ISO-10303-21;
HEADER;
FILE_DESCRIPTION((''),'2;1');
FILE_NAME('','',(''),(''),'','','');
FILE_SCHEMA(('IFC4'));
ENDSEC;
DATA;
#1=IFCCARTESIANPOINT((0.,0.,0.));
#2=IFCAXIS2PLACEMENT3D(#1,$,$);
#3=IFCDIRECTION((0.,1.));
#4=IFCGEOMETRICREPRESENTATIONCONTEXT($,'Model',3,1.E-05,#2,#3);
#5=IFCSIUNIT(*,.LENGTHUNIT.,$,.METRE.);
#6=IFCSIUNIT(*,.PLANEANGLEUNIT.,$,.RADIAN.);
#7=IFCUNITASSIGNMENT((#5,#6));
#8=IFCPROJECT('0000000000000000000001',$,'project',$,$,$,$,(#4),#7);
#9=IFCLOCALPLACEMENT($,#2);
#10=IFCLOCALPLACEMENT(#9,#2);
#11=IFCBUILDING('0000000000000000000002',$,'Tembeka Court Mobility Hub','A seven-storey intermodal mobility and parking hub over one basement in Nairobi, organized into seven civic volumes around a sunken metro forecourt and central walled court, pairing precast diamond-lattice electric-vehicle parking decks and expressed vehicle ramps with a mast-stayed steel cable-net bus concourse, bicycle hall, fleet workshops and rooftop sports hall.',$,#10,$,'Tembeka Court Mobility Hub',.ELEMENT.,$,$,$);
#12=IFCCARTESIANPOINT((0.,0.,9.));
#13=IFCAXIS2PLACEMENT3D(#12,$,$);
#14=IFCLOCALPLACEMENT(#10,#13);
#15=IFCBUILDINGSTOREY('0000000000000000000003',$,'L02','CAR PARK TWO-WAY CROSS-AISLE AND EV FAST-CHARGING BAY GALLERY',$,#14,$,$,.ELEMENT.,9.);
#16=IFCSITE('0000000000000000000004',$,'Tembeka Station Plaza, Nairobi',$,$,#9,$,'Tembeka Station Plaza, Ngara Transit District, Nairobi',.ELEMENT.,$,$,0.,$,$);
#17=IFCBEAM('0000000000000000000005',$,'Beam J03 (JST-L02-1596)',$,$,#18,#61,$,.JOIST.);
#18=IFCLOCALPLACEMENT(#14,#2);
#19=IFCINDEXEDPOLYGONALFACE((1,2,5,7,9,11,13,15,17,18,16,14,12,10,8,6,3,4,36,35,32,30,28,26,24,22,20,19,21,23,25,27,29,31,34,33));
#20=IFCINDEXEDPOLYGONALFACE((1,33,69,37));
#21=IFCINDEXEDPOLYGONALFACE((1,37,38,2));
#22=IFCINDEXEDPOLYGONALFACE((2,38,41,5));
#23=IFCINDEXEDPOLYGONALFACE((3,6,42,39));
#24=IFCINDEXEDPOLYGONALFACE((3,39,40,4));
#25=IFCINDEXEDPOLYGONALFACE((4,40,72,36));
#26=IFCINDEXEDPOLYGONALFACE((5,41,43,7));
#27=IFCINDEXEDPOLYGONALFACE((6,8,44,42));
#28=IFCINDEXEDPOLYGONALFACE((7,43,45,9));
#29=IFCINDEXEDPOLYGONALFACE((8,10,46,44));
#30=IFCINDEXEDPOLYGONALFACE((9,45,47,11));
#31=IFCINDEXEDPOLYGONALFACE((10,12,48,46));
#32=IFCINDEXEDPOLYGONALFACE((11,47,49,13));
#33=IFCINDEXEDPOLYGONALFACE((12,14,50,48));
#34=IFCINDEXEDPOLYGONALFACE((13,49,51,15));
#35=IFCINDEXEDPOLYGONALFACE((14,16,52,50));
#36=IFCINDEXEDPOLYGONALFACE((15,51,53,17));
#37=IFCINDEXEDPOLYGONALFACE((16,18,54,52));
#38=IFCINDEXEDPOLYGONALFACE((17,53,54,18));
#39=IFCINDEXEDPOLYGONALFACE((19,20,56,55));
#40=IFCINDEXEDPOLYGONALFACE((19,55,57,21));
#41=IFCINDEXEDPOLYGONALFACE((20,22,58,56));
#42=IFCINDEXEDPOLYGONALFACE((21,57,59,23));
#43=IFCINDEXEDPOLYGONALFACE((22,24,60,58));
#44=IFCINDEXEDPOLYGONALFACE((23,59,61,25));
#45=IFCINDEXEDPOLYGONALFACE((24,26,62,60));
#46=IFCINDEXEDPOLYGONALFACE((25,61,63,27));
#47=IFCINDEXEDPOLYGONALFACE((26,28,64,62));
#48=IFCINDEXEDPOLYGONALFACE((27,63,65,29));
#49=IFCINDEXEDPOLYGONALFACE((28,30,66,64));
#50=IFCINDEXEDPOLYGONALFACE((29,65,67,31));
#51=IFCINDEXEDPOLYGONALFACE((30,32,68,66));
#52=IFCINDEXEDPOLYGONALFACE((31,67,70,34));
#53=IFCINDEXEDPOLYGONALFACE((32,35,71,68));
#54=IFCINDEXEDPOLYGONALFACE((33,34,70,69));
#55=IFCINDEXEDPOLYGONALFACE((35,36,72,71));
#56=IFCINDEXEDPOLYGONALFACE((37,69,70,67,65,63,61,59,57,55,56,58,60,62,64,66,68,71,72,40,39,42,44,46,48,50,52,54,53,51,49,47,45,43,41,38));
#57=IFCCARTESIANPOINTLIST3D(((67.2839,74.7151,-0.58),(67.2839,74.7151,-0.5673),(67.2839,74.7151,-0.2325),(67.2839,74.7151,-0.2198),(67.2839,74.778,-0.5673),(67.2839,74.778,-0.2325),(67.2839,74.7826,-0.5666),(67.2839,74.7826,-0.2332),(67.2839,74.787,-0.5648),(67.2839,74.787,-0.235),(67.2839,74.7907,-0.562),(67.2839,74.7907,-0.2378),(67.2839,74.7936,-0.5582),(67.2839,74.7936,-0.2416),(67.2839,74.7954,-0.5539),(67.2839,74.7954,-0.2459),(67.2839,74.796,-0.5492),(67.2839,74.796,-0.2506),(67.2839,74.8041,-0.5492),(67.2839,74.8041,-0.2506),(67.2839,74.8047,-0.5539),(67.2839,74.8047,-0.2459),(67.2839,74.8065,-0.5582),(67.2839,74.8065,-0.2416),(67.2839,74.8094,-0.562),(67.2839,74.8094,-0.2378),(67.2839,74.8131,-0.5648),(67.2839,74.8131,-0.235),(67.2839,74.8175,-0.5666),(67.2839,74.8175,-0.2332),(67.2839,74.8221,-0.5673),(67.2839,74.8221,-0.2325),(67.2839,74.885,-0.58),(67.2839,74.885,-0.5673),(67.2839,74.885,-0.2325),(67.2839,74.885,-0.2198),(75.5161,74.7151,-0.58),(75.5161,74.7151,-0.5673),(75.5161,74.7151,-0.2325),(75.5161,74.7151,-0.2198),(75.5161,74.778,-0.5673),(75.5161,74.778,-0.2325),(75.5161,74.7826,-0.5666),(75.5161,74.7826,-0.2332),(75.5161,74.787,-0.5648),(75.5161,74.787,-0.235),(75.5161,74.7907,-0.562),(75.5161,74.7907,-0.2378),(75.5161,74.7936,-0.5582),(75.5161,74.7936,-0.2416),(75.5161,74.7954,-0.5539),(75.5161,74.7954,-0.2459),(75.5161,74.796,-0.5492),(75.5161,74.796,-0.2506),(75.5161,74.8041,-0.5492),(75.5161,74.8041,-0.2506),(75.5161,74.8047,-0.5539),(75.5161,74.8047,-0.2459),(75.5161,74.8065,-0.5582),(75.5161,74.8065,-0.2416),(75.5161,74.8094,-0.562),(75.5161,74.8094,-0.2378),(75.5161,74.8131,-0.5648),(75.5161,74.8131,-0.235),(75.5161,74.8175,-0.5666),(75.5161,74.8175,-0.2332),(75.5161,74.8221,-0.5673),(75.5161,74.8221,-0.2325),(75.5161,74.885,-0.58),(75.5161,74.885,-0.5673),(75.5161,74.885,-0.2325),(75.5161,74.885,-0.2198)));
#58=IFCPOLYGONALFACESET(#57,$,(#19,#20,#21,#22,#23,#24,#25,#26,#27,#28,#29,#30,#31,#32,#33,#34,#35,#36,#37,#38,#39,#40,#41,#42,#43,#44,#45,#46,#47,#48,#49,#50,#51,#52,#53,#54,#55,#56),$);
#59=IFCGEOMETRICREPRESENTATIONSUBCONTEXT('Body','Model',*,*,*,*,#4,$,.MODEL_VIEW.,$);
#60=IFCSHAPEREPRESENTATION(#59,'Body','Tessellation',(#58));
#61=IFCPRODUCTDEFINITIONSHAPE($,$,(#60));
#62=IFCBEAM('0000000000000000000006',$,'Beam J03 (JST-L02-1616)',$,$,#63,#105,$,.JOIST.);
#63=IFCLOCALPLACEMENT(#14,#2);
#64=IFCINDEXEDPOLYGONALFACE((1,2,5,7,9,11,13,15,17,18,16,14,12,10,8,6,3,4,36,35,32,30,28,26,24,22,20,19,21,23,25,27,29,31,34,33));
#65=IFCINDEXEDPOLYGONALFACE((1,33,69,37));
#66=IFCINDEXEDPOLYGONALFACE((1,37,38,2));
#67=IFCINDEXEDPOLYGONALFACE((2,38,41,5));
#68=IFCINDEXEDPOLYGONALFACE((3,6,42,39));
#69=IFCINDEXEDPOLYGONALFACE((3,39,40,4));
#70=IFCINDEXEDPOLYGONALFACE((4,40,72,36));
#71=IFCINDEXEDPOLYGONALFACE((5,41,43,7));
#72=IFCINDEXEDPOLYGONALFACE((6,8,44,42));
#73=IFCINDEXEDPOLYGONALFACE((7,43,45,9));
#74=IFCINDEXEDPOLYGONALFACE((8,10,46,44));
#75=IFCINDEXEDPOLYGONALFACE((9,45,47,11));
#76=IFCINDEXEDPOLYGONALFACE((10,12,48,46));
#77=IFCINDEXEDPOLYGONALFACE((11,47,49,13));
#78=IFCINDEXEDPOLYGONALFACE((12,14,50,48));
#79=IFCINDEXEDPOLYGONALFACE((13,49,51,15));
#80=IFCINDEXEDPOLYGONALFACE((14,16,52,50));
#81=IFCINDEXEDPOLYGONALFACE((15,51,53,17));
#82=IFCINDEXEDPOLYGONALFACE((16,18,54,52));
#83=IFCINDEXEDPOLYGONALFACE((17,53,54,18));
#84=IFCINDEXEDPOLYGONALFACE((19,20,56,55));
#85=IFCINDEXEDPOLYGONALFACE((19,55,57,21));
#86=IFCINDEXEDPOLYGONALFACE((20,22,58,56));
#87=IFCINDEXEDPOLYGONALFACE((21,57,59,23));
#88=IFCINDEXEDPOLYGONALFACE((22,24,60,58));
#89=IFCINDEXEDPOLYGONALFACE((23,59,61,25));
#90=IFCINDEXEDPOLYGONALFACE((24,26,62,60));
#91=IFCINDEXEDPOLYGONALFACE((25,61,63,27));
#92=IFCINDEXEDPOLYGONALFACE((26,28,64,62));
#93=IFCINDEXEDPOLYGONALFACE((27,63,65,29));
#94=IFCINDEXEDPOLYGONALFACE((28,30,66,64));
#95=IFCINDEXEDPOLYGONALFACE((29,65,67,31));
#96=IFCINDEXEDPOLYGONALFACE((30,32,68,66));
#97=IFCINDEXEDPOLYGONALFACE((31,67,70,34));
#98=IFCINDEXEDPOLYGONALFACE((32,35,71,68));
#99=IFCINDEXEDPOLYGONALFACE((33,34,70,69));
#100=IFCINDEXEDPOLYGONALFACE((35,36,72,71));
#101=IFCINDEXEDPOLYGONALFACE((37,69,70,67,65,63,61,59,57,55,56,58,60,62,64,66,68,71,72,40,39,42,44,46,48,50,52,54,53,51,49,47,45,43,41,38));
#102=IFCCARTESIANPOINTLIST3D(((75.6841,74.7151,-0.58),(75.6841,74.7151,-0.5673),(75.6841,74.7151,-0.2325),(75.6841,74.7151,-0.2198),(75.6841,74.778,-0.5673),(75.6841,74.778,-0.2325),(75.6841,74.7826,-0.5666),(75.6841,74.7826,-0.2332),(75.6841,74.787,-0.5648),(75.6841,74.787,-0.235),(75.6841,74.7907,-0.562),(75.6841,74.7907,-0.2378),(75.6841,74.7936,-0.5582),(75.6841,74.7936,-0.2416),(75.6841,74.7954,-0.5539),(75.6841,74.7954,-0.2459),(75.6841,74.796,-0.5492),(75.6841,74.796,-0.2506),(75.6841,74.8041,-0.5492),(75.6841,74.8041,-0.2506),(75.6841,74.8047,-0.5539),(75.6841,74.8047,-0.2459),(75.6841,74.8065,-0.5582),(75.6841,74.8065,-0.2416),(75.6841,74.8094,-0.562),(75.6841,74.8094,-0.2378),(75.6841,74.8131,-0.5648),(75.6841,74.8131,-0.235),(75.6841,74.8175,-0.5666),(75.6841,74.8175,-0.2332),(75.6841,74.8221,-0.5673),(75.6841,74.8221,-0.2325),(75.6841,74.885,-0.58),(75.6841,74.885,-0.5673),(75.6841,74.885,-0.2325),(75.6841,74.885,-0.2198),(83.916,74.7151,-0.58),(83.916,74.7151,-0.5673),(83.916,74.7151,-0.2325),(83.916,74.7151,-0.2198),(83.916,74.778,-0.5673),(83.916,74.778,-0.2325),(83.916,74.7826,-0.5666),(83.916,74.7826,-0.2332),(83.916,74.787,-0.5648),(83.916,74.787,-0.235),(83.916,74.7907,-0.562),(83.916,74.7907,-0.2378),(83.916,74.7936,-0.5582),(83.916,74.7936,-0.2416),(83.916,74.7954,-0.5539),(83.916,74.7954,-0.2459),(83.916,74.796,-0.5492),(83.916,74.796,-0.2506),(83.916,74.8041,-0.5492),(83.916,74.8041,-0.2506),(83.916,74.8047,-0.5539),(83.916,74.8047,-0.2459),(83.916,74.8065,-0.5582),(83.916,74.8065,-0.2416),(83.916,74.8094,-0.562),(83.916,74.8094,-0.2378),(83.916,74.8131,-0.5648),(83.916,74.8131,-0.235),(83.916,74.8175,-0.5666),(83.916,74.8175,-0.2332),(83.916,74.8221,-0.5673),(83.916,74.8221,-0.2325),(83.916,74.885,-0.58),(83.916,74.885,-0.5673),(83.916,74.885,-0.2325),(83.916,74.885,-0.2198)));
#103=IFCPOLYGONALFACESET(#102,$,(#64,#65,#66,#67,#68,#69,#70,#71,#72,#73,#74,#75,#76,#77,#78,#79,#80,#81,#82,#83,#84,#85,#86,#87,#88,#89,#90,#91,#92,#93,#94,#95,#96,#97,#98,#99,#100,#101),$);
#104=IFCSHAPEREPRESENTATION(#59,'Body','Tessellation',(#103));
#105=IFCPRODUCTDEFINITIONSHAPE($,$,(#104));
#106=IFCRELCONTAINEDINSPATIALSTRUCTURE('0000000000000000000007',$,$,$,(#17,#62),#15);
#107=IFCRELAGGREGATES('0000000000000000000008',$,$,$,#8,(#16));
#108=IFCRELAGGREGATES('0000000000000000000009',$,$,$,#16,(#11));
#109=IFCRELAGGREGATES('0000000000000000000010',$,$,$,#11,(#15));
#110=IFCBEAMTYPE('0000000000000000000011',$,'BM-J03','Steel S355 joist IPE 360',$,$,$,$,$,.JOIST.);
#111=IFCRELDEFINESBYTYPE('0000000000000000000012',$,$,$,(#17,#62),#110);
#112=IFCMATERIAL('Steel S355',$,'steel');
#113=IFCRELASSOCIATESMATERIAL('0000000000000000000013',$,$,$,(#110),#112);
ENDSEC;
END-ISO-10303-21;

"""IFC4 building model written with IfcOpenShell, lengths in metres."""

from ifc_helpers import new_model, si_unit, direction, frame, origin, origin_2d, place, context, subcontext, project, spatial, i_section, extrude, material, material_profile, profile_set, type_object, element, save


model = new_model("IFC4")

# Units and contexts
model_context = context("Model", 3, precision=1e-05, world=origin(), true_north=direction((0.0, 1.0)))
body_context = subcontext(model_context, "Body", "Model", "MODEL_VIEW")
ifc_project = project(units=[si_unit("LENGTHUNIT", "METRE"), si_unit("PLANEANGLEUNIT", "RADIAN")], contexts=[model_context])

# Site, building, storey
site_placement = place(None, origin())
site = spatial("IfcSite", under=ifc_project, at=site_placement, Name="Tembeka Station Plaza, Nairobi", LongName="Tembeka Station Plaza, Ngara Transit District, Nairobi", CompositionType="ELEMENT", RefElevation=0.0)
building_placement = place(site_placement, origin())
building = spatial("IfcBuilding", under=site, at=building_placement, Name="Tembeka Court Mobility Hub", Description="A seven-storey intermodal mobility and parking hub over one basement in Nairobi, organized into seven civic volumes around a sunken metro forecourt and central walled court, pairing precast diamond-lattice electric-vehicle parking decks and expressed vehicle ramps with a mast-stayed steel cable-net bus concourse, bicycle hall, fleet workshops and rooftop sports hall.", LongName="Tembeka Court Mobility Hub", CompositionType="ELEMENT")
storey_placement = place(building_placement, frame((0.0, 0.0, 9.0)))
storey = spatial("IfcBuildingStorey", under=building, at=storey_placement, Name="L02", Description="CAR PARK TWO-WAY CROSS-AISLE AND EV FAST-CHARGING BAY GALLERY", CompositionType="ELEMENT", Elevation=9.0)

# Shared definitions
ifc_material = material(Name="Steel S355", Category="steel")

# Beams
ifc_material_profile_1 = material_profile(ifc_material, i_section(OverallWidth=0.1699, OverallDepth=0.3601, WebThickness=0.0081, FlangeThickness=0.0127, FilletRadius=0.0181, at=origin_2d()), Name="IPE 360")
ifc_profile_set_1 = profile_set([ifc_material_profile_1], Name="Steel S355")
beam_type_1 = type_object("IfcBeamType", Name="BM-J03", Description="Steel S355 joist IPE 360", PredefinedType="JOIST", material=ifc_profile_set_1)
beam_1_placement = place(storey_placement, frame((67.2839, 74.8, -0.3999), z_axis=(1.0, 0.0, 0.0), x_axis=(0.0, 1.0, 0.0)))
element("IfcBeam", 1, at=beam_1_placement, inside=storey, type_object=beam_type_1, Name="Beam J03 (JST-L02-1596)", PredefinedType="JOIST", context=body_context, shape_type="SweptSolid", body=[
    extrude(i_section(OverallWidth=0.1699, OverallDepth=0.3601, WebThickness=0.0081, FlangeThickness=0.0127, FilletRadius=0.0181, at=origin_2d()), origin(), (0.0, 0.0, 1.0), 8.2322),
])
beam_2_placement = place(storey_placement, frame((75.6841, 74.8, -0.3999), z_axis=(1.0, 0.0, 0.0), x_axis=(0.0, 1.0, 0.0)))
element("IfcBeam", 2, at=beam_2_placement, inside=storey, type_object=beam_type_1, Name="Beam J03 (JST-L02-1616)", PredefinedType="JOIST", context=body_context, shape_type="SweptSolid", body=[
    extrude(i_section(OverallWidth=0.1699, OverallDepth=0.3601, WebThickness=0.0081, FlangeThickness=0.0127, FilletRadius=0.0181, at=origin_2d()), origin(), (0.0, 0.0, 1.0), 8.2319),
])

save(model, "model.ifc")
